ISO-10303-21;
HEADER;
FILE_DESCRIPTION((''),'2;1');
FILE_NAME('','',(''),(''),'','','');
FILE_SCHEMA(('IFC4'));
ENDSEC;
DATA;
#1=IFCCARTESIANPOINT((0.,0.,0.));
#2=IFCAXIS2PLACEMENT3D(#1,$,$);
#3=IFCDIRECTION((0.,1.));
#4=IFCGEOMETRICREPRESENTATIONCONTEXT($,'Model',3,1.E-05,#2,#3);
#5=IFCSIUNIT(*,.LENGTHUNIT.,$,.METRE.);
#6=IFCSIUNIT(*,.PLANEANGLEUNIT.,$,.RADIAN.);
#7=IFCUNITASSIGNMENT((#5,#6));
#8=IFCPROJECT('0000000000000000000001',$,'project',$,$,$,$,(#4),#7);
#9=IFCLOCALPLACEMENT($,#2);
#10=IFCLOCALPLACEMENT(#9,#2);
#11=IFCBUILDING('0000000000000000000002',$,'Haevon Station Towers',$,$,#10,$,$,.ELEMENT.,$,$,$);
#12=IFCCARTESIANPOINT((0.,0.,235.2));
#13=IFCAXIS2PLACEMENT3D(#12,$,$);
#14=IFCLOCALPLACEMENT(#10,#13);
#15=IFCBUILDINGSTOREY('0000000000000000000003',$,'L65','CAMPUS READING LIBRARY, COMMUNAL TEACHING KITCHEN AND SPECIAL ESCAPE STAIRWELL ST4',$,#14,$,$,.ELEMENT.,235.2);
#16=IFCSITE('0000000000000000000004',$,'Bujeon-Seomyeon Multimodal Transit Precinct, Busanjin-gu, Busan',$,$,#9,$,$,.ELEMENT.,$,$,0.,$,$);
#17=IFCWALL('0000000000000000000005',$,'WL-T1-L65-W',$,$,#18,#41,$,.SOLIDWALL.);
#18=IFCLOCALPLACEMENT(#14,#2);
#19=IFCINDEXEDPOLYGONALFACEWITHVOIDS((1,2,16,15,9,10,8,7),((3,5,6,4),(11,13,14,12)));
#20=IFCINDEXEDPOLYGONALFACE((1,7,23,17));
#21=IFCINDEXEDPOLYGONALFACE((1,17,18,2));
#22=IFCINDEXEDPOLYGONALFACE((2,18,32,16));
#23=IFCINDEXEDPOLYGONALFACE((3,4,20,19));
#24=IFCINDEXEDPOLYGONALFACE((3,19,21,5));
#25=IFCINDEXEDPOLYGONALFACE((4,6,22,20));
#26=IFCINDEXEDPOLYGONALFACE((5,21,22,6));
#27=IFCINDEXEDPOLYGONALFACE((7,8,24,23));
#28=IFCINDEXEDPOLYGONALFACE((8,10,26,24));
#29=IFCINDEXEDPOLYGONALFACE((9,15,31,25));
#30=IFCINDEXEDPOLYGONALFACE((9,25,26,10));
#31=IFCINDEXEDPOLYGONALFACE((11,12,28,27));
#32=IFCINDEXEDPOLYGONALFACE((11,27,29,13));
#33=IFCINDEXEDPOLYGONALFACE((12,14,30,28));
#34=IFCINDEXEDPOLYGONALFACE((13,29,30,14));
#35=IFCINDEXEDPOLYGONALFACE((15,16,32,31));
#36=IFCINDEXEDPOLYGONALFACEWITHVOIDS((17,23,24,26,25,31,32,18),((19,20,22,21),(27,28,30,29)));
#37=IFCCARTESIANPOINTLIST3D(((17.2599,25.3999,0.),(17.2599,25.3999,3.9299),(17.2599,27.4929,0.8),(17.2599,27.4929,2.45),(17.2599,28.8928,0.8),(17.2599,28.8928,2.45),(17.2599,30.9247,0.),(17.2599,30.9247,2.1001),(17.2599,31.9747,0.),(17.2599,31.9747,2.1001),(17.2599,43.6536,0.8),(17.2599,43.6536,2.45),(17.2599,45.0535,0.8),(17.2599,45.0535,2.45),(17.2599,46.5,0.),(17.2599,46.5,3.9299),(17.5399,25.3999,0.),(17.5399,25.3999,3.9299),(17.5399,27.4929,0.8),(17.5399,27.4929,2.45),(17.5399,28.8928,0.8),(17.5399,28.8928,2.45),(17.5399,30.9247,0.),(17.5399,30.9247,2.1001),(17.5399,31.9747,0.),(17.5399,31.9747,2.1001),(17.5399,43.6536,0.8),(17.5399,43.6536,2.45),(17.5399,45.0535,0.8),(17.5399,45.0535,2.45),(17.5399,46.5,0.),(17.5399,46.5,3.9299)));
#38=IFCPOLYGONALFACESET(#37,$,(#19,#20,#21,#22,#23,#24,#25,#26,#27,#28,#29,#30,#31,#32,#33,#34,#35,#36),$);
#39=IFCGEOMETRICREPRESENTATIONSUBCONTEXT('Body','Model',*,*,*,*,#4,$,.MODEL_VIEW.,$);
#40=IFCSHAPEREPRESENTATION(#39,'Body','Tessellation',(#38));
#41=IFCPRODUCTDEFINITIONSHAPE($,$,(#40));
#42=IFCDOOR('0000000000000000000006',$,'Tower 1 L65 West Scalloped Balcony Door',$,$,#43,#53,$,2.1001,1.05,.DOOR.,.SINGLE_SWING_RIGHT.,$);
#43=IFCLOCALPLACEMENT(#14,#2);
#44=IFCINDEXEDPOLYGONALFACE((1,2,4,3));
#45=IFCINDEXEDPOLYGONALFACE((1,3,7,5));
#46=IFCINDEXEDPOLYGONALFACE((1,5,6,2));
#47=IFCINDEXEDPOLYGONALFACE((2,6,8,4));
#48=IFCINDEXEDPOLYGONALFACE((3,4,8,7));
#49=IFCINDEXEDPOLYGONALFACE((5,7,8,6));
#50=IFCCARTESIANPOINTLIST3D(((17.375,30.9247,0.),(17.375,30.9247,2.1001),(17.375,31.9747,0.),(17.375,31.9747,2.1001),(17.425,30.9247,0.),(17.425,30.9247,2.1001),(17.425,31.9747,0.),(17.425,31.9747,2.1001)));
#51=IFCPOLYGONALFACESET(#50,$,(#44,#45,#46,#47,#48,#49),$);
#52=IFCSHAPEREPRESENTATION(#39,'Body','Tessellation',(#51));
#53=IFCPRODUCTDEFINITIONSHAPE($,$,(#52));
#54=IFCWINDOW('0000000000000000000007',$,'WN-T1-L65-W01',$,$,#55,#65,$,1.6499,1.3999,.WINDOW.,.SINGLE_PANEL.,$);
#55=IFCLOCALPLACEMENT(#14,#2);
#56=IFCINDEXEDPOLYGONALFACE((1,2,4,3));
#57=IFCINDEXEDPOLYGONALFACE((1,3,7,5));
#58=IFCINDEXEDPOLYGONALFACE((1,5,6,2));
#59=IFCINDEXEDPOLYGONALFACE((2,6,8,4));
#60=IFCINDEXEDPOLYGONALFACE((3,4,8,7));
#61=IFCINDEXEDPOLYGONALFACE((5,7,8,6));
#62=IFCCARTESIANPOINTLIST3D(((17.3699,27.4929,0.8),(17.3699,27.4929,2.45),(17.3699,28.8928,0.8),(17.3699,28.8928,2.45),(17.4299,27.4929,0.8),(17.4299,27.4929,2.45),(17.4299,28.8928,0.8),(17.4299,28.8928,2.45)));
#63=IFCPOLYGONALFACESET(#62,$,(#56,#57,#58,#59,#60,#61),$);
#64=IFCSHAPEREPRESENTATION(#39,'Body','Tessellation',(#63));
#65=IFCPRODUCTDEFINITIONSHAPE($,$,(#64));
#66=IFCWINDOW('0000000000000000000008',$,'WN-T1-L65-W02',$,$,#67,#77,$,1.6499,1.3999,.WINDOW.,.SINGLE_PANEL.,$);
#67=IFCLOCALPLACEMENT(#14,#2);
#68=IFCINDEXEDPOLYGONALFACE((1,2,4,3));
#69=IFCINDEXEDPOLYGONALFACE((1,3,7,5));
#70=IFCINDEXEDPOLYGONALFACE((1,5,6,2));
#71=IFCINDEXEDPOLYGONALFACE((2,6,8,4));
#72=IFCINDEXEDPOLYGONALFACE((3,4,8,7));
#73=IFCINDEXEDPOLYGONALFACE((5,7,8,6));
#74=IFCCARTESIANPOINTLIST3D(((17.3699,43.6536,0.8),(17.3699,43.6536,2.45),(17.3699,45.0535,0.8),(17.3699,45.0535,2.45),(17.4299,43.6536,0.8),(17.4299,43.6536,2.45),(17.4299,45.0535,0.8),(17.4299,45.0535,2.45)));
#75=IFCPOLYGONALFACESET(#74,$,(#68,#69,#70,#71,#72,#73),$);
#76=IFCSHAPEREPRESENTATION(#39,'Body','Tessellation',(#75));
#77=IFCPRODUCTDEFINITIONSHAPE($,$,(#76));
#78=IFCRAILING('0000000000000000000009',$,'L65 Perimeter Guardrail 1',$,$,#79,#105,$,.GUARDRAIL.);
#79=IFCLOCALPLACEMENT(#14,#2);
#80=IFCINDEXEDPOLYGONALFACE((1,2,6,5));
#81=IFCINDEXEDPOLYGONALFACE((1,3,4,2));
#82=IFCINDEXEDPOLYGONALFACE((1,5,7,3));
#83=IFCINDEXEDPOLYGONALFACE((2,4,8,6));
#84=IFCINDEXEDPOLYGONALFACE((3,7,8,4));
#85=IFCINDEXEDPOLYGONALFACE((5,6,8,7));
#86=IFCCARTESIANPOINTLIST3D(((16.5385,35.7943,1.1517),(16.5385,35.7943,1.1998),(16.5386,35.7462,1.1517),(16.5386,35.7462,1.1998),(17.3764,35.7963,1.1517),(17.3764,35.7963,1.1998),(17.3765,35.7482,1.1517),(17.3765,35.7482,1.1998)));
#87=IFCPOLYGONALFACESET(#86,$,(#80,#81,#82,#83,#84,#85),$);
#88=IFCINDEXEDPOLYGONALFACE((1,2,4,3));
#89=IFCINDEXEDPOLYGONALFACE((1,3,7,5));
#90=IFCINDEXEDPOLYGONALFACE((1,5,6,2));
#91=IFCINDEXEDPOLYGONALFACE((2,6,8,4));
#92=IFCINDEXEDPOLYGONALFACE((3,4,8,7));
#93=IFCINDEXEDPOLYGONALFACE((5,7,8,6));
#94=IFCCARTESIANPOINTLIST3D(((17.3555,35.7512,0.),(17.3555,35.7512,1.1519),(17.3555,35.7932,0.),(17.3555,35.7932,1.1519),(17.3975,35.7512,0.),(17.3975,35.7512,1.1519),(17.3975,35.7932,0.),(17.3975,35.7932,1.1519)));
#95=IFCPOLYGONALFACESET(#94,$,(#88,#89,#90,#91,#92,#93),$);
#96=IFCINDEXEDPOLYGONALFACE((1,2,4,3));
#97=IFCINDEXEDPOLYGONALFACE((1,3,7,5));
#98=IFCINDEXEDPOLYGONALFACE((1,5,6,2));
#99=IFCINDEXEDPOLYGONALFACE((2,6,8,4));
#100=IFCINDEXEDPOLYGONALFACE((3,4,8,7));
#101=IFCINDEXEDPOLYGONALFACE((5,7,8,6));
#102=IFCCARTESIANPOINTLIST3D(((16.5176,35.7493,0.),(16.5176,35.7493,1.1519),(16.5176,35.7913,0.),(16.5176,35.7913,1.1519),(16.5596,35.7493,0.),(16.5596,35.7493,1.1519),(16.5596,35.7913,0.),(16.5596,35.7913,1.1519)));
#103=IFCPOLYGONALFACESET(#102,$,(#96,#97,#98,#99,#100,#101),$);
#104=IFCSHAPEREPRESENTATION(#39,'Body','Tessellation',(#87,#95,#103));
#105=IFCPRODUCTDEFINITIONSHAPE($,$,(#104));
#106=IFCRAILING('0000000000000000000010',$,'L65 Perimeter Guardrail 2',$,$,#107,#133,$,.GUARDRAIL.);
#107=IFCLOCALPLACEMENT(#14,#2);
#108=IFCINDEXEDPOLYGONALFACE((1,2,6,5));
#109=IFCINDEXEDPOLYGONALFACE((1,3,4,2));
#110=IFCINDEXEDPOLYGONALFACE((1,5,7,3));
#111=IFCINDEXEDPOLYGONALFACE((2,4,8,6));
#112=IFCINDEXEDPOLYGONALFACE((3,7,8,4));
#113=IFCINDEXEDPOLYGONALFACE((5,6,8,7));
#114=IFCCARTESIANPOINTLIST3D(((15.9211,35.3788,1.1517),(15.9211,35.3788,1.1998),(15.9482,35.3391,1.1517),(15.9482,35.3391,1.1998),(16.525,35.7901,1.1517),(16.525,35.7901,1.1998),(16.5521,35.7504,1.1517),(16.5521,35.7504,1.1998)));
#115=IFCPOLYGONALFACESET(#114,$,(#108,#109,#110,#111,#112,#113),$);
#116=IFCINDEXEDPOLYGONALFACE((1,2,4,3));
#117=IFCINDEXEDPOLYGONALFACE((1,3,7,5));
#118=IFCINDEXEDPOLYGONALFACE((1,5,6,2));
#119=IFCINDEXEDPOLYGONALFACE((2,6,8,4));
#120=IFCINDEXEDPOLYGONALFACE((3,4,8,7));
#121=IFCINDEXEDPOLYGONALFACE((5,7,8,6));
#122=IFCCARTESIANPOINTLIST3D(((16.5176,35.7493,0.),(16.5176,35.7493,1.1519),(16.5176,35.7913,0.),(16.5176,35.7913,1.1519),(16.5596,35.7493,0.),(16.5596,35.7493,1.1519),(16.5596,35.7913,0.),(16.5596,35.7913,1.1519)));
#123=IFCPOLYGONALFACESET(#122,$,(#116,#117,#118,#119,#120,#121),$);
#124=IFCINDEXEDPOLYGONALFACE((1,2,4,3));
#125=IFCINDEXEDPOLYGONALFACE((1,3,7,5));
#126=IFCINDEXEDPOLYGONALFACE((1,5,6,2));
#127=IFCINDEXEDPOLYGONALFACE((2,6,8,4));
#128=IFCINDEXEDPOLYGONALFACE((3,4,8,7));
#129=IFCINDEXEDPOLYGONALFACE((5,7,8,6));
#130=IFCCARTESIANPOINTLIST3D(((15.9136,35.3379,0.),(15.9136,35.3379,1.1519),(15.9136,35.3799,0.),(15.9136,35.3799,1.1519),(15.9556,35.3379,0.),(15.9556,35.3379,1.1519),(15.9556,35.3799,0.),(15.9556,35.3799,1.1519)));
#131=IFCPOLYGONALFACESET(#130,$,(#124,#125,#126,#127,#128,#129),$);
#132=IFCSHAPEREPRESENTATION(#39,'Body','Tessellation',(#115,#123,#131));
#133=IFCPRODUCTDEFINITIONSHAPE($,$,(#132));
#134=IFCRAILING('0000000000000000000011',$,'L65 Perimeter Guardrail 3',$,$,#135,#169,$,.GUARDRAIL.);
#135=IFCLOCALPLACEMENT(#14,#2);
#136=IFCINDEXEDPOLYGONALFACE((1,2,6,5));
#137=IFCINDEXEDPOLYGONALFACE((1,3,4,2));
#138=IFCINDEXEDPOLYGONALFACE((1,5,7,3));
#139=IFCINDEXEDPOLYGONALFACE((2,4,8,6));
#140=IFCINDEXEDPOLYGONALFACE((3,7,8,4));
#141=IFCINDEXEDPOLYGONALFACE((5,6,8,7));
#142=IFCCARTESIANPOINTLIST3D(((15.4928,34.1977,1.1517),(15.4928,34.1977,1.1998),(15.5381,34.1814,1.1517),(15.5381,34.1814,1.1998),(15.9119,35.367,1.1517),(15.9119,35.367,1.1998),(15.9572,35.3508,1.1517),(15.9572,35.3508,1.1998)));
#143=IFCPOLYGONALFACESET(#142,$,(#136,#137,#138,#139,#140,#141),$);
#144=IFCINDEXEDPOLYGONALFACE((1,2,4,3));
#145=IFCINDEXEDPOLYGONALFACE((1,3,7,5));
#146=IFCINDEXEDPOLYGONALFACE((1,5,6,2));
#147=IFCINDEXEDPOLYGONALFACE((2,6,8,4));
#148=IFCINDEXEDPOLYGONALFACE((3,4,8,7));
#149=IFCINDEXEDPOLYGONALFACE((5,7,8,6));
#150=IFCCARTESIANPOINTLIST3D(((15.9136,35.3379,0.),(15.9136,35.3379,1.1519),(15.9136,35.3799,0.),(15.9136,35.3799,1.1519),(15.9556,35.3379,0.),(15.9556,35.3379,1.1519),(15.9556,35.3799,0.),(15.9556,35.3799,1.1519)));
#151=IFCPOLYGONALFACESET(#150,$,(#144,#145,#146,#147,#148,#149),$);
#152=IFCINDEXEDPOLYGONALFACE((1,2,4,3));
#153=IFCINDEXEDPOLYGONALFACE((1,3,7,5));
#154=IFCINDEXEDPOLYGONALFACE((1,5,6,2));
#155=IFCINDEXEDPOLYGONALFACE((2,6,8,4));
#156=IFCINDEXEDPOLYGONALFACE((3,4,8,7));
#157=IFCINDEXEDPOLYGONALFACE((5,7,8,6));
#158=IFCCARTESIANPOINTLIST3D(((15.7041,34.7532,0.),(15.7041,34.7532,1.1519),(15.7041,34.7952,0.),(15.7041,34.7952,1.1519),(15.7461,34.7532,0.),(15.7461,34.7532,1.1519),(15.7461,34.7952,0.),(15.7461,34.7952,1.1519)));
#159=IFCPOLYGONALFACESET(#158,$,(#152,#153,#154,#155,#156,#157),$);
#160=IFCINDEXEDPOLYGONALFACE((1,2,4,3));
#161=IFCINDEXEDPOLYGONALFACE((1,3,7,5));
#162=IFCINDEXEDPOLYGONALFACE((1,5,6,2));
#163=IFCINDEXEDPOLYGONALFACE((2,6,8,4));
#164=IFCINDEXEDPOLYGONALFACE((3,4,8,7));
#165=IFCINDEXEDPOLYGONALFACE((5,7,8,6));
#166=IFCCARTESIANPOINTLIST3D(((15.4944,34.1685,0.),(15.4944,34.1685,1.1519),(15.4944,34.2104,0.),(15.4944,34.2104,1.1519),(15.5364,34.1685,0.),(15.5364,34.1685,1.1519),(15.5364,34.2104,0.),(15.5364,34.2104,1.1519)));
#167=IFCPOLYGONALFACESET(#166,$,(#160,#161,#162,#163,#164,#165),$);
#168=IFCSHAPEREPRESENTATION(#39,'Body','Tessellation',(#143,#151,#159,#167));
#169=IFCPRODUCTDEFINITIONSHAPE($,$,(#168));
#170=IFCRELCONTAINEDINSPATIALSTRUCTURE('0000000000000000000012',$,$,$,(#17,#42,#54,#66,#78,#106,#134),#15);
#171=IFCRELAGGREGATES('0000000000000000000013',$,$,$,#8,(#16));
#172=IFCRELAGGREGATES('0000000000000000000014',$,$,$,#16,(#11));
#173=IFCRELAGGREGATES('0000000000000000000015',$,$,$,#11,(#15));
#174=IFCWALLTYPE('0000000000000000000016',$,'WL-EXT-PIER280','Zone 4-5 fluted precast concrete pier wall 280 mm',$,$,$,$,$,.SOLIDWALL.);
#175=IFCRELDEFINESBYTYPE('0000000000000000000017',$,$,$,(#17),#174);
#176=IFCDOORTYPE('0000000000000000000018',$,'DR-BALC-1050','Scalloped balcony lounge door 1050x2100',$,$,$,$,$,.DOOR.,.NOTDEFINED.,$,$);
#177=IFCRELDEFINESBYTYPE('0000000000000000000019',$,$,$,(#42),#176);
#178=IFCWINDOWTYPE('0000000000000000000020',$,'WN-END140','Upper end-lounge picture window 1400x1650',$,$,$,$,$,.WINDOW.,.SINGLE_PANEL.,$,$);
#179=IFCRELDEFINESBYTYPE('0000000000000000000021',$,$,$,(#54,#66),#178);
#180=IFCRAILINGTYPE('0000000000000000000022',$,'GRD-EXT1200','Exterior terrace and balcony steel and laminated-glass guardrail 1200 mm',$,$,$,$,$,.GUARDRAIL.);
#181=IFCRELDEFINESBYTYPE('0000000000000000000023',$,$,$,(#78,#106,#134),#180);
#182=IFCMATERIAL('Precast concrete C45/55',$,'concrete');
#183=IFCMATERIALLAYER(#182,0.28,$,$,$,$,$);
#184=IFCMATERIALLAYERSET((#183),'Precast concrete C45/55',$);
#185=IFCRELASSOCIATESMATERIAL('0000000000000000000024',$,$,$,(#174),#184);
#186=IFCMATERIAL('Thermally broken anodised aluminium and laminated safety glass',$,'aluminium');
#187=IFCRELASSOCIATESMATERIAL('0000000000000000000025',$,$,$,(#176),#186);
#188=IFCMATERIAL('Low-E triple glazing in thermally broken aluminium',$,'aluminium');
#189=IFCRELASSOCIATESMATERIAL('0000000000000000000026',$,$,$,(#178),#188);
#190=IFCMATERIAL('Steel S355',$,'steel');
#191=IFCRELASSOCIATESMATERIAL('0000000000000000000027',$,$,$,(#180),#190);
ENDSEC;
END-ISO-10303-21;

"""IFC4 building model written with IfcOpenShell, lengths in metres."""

from ifc_helpers import new_model, si_unit, direction, frame, frame_2d, origin, origin_2d, place, context, subcontext, project, spatial, rectangle, extrude, material, layer, layer_set, type_object, element, fill, save


model = new_model("IFC4")

# Units and contexts
model_context = context("Model", 3, precision=1e-05, world=origin(), true_north=direction((0.0, 1.0)))
body_context = subcontext(model_context, "Body", "Model", "MODEL_VIEW")
ifc_project = project(units=[si_unit("LENGTHUNIT", "METRE"), si_unit("PLANEANGLEUNIT", "RADIAN")], contexts=[model_context])

# Site, building, storey
site_placement = place(None, origin())
site = spatial("IfcSite", under=ifc_project, at=site_placement, Name="Bujeon-Seomyeon Multimodal Transit Precinct, Busanjin-gu, Busan", CompositionType="ELEMENT", RefElevation=0.0)
building_placement = place(site_placement, origin())
building = spatial("IfcBuilding", under=site, at=building_placement, Name="Haevon Station Towers", CompositionType="ELEMENT")
storey_placement = place(building_placement, frame((0.0, 0.0, 235.2)))
storey = spatial("IfcBuildingStorey", under=building, at=storey_placement, Name="L65", Description="CAMPUS READING LIBRARY, COMMUNAL TEACHING KITCHEN AND SPECIAL ESCAPE STAIRWELL ST4", CompositionType="ELEMENT", Elevation=235.2)

# Shared definitions
ifc_material_1 = material(Name="Steel S355", Category="steel")

# Wall, openings, door, windows
ifc_material_2 = material(Name="Precast concrete C45/55", Category="concrete")
ifc_layer = layer(ifc_material_2, 0.28)
ifc_layer_set = layer_set([ifc_layer], Name="Precast concrete C45/55")
wall_type = type_object("IfcWallType", Name="WL-EXT-PIER280", Description="Zone 4-5 fluted precast concrete pier wall 280 mm", PredefinedType="SOLIDWALL", material=ifc_layer_set)
wall_placement = place(storey_placement, frame((17.3999, 25.3999, 0.0), z_axis=(0.0, 0.0, 1.0), x_axis=(0.0, 1.0, 0.0)))
wall = element("IfcWall", 1, at=wall_placement, inside=storey, type_object=wall_type, Name="WL-T1-L65-W", PredefinedType="SOLIDWALL", context=body_context, shape_type="SweptSolid", body=[
    extrude(rectangle(XDim=21.1001, YDim=0.28, at=frame_2d((10.55, 0.0))), origin(), (0.0, 0.0, 1.0), 3.9299),
])
opening_1_placement = place(wall_placement, frame((5.5249, 0.0, 0.0)))
opening_1 = element("IfcOpeningElement", 2, at=opening_1_placement, cuts=wall, PredefinedType="OPENING", context=body_context, shape_type="SweptSolid", body=[
    extrude(rectangle(XDim=1.05, YDim=2.1001, at=frame_2d((0.5249, 1.05))), frame((0.0, 0.1499, 0.0), z_axis=(0.0, -1.0, 0.0), x_axis=(1.0, 0.0, 0.0)), (0.0, 0.0, 1.0), 0.3),
])
opening_2_placement = place(wall_placement, frame((2.093, 0.0, 0.8)))
opening_2 = element("IfcOpeningElement", 3, at=opening_2_placement, cuts=wall, PredefinedType="OPENING", context=body_context, shape_type="SweptSolid", body=[
    extrude(rectangle(XDim=1.3999, YDim=1.6499, at=frame_2d((0.7, 0.825))), frame((0.0, 0.1499, 0.0), z_axis=(0.0, -1.0, 0.0), x_axis=(1.0, 0.0, 0.0)), (0.0, 0.0, 1.0), 0.3),
])
opening_3_placement = place(wall_placement, frame((18.2537, 0.0, 0.8)))
opening_3 = element("IfcOpeningElement", 4, at=opening_3_placement, cuts=wall, PredefinedType="OPENING", context=body_context, shape_type="SweptSolid", body=[
    extrude(rectangle(XDim=1.3999, YDim=1.6499, at=frame_2d((0.7, 0.825))), frame((0.0, 0.1499, 0.0), z_axis=(0.0, -1.0, 0.0), x_axis=(1.0, 0.0, 0.0)), (0.0, 0.0, 1.0), 0.3),
])
ifc_material_3 = material(Name="Thermally broken anodised aluminium and laminated safety glass", Category="aluminium")
door_type = type_object("IfcDoorType", Name="DR-BALC-1050", Description="Scalloped balcony lounge door 1050x2100", OperationType="NOTDEFINED", PredefinedType="DOOR", material=ifc_material_3)
door_placement = place(opening_1_placement, origin())
door = element("IfcDoor", 5, at=door_placement, inside=storey, type_object=door_type, Name="Tower 1 L65 West Scalloped Balcony Door", OperationType="SINGLE_SWING_RIGHT", OverallHeight=2.1001, OverallWidth=1.05, PredefinedType="DOOR", context=body_context, shape_type="SweptSolid", body=[
    extrude(rectangle(XDim=1.05, YDim=2.1001, at=frame_2d((0.5249, 1.05))), frame((0.0, 0.0249, 0.0), z_axis=(0.0, -1.0, 0.0), x_axis=(1.0, 0.0, 0.0)), (0.0, 0.0, 1.0), 0.05),
])
fill(opening_1, door)
ifc_material_4 = material(Name="Low-E triple glazing in thermally broken aluminium", Category="aluminium")
window_type = type_object("IfcWindowType", Name="WN-END140", Description="Upper end-lounge picture window 1400x1650", PartitioningType="SINGLE_PANEL", PredefinedType="WINDOW", material=ifc_material_4)
window_1_placement = place(opening_2_placement, origin())
window_1 = element("IfcWindow", 6, at=window_1_placement, inside=storey, type_object=window_type, Name="WN-T1-L65-W01", OverallHeight=1.6499, OverallWidth=1.3999, PartitioningType="SINGLE_PANEL", PredefinedType="WINDOW", context=body_context, shape_type="SweptSolid", body=[
    extrude(rectangle(XDim=1.3999, YDim=1.6499, at=frame_2d((0.7, 0.825))), frame((0.0, 0.03, 0.0), z_axis=(0.0, -1.0, 0.0), x_axis=(1.0, 0.0, 0.0)), (0.0, 0.0, 1.0), 0.0601),
])
fill(opening_2, window_1)
window_2_placement = place(opening_3_placement, origin())
window_2 = element("IfcWindow", 7, at=window_2_placement, inside=storey, type_object=window_type, Name="WN-T1-L65-W02", OverallHeight=1.6499, OverallWidth=1.3999, PartitioningType="SINGLE_PANEL", PredefinedType="WINDOW", context=body_context, shape_type="SweptSolid", body=[
    extrude(rectangle(XDim=1.3999, YDim=1.6499, at=frame_2d((0.7, 0.825))), frame((0.0, 0.03, 0.0), z_axis=(0.0, -1.0, 0.0), x_axis=(1.0, 0.0, 0.0)), (0.0, 0.0, 1.0), 0.0601),
])
fill(opening_3, window_2)

# Railings
railing_type = type_object("IfcRailingType", Name="GRD-EXT1200", Description="Exterior terrace and balcony steel and laminated-glass guardrail 1200 mm", PredefinedType="GUARDRAIL", material=ifc_material_1)
railing_1_placement = place(storey_placement, frame((17.3765, 35.7722, 0.0)))
element("IfcRailing", 8, at=railing_1_placement, inside=storey, type_object=railing_type, Name="L65 Perimeter Guardrail 1", PredefinedType="GUARDRAIL", context=body_context, shape_type="SweptSolid", body=[
    extrude(rectangle(XDim=0.0481, YDim=0.0481, at=origin_2d()), frame((0.0, 0.0, 1.1758), z_axis=(-0.999997, -0.002331, 0.0), x_axis=(0.002331, -0.999997, 0.0)), (0.0, 0.0, 1.0), 0.8379),
    extrude(rectangle(XDim=0.042, YDim=0.042, at=origin_2d()), origin(), (0.0, 0.0, 1.0), 1.1519),
    extrude(rectangle(XDim=0.042, YDim=0.042, at=origin_2d()), frame((-0.8379, -0.002, 0.0)), (0.0, 0.0, 1.0), 1.1519),
])
railing_2_placement = place(storey_placement, frame((16.5386, 35.7703, 0.0)))
element("IfcRailing", 9, at=railing_2_placement, inside=storey, type_object=railing_type, Name="L65 Perimeter Guardrail 2", PredefinedType="GUARDRAIL", context=body_context, shape_type="SweptSolid", body=[
    extrude(rectangle(XDim=0.0481, YDim=0.0481, at=origin_2d()), frame((0.0, 0.0, 1.1758), z_axis=(-0.82651, -0.562922, 0.0), x_axis=(0.562922, -0.82651, 0.0)), (0.0, 0.0, 1.0), 0.7307),
    extrude(rectangle(XDim=0.042, YDim=0.042, at=origin_2d()), origin(), (0.0, 0.0, 1.0), 1.1519),
    extrude(rectangle(XDim=0.042, YDim=0.042, at=origin_2d()), frame((-0.604, -0.4114, 0.0)), (0.0, 0.0, 1.0), 1.1519),
])
railing_3_placement = place(storey_placement, frame((15.9346, 35.3589, 0.0)))
element("IfcRailing", 10, at=railing_3_placement, inside=storey, type_object=railing_type, Name="L65 Perimeter Guardrail 3", PredefinedType="GUARDRAIL", context=body_context, shape_type="SweptSolid", body=[
    extrude(rectangle(XDim=0.0481, YDim=0.0481, at=origin_2d()), frame((0.0, 0.0, 1.1758), z_axis=(-0.337432, -0.94135, 0.0), x_axis=(0.94135, -0.337432, 0.0)), (0.0, 0.0, 1.0), 1.2422),
    extrude(rectangle(XDim=0.042, YDim=0.042, at=origin_2d()), origin(), (0.0, 0.0, 1.0), 1.1519),
    extrude(rectangle(XDim=0.042, YDim=0.042, at=origin_2d()), frame((-0.2095, -0.5847, 0.0)), (0.0, 0.0, 1.0), 1.1519),
    extrude(rectangle(XDim=0.042, YDim=0.042, at=origin_2d()), frame((-0.4192, -1.1694, 0.0)), (0.0, 0.0, 1.0), 1.1519),
])

save(model, "model.ifc")
